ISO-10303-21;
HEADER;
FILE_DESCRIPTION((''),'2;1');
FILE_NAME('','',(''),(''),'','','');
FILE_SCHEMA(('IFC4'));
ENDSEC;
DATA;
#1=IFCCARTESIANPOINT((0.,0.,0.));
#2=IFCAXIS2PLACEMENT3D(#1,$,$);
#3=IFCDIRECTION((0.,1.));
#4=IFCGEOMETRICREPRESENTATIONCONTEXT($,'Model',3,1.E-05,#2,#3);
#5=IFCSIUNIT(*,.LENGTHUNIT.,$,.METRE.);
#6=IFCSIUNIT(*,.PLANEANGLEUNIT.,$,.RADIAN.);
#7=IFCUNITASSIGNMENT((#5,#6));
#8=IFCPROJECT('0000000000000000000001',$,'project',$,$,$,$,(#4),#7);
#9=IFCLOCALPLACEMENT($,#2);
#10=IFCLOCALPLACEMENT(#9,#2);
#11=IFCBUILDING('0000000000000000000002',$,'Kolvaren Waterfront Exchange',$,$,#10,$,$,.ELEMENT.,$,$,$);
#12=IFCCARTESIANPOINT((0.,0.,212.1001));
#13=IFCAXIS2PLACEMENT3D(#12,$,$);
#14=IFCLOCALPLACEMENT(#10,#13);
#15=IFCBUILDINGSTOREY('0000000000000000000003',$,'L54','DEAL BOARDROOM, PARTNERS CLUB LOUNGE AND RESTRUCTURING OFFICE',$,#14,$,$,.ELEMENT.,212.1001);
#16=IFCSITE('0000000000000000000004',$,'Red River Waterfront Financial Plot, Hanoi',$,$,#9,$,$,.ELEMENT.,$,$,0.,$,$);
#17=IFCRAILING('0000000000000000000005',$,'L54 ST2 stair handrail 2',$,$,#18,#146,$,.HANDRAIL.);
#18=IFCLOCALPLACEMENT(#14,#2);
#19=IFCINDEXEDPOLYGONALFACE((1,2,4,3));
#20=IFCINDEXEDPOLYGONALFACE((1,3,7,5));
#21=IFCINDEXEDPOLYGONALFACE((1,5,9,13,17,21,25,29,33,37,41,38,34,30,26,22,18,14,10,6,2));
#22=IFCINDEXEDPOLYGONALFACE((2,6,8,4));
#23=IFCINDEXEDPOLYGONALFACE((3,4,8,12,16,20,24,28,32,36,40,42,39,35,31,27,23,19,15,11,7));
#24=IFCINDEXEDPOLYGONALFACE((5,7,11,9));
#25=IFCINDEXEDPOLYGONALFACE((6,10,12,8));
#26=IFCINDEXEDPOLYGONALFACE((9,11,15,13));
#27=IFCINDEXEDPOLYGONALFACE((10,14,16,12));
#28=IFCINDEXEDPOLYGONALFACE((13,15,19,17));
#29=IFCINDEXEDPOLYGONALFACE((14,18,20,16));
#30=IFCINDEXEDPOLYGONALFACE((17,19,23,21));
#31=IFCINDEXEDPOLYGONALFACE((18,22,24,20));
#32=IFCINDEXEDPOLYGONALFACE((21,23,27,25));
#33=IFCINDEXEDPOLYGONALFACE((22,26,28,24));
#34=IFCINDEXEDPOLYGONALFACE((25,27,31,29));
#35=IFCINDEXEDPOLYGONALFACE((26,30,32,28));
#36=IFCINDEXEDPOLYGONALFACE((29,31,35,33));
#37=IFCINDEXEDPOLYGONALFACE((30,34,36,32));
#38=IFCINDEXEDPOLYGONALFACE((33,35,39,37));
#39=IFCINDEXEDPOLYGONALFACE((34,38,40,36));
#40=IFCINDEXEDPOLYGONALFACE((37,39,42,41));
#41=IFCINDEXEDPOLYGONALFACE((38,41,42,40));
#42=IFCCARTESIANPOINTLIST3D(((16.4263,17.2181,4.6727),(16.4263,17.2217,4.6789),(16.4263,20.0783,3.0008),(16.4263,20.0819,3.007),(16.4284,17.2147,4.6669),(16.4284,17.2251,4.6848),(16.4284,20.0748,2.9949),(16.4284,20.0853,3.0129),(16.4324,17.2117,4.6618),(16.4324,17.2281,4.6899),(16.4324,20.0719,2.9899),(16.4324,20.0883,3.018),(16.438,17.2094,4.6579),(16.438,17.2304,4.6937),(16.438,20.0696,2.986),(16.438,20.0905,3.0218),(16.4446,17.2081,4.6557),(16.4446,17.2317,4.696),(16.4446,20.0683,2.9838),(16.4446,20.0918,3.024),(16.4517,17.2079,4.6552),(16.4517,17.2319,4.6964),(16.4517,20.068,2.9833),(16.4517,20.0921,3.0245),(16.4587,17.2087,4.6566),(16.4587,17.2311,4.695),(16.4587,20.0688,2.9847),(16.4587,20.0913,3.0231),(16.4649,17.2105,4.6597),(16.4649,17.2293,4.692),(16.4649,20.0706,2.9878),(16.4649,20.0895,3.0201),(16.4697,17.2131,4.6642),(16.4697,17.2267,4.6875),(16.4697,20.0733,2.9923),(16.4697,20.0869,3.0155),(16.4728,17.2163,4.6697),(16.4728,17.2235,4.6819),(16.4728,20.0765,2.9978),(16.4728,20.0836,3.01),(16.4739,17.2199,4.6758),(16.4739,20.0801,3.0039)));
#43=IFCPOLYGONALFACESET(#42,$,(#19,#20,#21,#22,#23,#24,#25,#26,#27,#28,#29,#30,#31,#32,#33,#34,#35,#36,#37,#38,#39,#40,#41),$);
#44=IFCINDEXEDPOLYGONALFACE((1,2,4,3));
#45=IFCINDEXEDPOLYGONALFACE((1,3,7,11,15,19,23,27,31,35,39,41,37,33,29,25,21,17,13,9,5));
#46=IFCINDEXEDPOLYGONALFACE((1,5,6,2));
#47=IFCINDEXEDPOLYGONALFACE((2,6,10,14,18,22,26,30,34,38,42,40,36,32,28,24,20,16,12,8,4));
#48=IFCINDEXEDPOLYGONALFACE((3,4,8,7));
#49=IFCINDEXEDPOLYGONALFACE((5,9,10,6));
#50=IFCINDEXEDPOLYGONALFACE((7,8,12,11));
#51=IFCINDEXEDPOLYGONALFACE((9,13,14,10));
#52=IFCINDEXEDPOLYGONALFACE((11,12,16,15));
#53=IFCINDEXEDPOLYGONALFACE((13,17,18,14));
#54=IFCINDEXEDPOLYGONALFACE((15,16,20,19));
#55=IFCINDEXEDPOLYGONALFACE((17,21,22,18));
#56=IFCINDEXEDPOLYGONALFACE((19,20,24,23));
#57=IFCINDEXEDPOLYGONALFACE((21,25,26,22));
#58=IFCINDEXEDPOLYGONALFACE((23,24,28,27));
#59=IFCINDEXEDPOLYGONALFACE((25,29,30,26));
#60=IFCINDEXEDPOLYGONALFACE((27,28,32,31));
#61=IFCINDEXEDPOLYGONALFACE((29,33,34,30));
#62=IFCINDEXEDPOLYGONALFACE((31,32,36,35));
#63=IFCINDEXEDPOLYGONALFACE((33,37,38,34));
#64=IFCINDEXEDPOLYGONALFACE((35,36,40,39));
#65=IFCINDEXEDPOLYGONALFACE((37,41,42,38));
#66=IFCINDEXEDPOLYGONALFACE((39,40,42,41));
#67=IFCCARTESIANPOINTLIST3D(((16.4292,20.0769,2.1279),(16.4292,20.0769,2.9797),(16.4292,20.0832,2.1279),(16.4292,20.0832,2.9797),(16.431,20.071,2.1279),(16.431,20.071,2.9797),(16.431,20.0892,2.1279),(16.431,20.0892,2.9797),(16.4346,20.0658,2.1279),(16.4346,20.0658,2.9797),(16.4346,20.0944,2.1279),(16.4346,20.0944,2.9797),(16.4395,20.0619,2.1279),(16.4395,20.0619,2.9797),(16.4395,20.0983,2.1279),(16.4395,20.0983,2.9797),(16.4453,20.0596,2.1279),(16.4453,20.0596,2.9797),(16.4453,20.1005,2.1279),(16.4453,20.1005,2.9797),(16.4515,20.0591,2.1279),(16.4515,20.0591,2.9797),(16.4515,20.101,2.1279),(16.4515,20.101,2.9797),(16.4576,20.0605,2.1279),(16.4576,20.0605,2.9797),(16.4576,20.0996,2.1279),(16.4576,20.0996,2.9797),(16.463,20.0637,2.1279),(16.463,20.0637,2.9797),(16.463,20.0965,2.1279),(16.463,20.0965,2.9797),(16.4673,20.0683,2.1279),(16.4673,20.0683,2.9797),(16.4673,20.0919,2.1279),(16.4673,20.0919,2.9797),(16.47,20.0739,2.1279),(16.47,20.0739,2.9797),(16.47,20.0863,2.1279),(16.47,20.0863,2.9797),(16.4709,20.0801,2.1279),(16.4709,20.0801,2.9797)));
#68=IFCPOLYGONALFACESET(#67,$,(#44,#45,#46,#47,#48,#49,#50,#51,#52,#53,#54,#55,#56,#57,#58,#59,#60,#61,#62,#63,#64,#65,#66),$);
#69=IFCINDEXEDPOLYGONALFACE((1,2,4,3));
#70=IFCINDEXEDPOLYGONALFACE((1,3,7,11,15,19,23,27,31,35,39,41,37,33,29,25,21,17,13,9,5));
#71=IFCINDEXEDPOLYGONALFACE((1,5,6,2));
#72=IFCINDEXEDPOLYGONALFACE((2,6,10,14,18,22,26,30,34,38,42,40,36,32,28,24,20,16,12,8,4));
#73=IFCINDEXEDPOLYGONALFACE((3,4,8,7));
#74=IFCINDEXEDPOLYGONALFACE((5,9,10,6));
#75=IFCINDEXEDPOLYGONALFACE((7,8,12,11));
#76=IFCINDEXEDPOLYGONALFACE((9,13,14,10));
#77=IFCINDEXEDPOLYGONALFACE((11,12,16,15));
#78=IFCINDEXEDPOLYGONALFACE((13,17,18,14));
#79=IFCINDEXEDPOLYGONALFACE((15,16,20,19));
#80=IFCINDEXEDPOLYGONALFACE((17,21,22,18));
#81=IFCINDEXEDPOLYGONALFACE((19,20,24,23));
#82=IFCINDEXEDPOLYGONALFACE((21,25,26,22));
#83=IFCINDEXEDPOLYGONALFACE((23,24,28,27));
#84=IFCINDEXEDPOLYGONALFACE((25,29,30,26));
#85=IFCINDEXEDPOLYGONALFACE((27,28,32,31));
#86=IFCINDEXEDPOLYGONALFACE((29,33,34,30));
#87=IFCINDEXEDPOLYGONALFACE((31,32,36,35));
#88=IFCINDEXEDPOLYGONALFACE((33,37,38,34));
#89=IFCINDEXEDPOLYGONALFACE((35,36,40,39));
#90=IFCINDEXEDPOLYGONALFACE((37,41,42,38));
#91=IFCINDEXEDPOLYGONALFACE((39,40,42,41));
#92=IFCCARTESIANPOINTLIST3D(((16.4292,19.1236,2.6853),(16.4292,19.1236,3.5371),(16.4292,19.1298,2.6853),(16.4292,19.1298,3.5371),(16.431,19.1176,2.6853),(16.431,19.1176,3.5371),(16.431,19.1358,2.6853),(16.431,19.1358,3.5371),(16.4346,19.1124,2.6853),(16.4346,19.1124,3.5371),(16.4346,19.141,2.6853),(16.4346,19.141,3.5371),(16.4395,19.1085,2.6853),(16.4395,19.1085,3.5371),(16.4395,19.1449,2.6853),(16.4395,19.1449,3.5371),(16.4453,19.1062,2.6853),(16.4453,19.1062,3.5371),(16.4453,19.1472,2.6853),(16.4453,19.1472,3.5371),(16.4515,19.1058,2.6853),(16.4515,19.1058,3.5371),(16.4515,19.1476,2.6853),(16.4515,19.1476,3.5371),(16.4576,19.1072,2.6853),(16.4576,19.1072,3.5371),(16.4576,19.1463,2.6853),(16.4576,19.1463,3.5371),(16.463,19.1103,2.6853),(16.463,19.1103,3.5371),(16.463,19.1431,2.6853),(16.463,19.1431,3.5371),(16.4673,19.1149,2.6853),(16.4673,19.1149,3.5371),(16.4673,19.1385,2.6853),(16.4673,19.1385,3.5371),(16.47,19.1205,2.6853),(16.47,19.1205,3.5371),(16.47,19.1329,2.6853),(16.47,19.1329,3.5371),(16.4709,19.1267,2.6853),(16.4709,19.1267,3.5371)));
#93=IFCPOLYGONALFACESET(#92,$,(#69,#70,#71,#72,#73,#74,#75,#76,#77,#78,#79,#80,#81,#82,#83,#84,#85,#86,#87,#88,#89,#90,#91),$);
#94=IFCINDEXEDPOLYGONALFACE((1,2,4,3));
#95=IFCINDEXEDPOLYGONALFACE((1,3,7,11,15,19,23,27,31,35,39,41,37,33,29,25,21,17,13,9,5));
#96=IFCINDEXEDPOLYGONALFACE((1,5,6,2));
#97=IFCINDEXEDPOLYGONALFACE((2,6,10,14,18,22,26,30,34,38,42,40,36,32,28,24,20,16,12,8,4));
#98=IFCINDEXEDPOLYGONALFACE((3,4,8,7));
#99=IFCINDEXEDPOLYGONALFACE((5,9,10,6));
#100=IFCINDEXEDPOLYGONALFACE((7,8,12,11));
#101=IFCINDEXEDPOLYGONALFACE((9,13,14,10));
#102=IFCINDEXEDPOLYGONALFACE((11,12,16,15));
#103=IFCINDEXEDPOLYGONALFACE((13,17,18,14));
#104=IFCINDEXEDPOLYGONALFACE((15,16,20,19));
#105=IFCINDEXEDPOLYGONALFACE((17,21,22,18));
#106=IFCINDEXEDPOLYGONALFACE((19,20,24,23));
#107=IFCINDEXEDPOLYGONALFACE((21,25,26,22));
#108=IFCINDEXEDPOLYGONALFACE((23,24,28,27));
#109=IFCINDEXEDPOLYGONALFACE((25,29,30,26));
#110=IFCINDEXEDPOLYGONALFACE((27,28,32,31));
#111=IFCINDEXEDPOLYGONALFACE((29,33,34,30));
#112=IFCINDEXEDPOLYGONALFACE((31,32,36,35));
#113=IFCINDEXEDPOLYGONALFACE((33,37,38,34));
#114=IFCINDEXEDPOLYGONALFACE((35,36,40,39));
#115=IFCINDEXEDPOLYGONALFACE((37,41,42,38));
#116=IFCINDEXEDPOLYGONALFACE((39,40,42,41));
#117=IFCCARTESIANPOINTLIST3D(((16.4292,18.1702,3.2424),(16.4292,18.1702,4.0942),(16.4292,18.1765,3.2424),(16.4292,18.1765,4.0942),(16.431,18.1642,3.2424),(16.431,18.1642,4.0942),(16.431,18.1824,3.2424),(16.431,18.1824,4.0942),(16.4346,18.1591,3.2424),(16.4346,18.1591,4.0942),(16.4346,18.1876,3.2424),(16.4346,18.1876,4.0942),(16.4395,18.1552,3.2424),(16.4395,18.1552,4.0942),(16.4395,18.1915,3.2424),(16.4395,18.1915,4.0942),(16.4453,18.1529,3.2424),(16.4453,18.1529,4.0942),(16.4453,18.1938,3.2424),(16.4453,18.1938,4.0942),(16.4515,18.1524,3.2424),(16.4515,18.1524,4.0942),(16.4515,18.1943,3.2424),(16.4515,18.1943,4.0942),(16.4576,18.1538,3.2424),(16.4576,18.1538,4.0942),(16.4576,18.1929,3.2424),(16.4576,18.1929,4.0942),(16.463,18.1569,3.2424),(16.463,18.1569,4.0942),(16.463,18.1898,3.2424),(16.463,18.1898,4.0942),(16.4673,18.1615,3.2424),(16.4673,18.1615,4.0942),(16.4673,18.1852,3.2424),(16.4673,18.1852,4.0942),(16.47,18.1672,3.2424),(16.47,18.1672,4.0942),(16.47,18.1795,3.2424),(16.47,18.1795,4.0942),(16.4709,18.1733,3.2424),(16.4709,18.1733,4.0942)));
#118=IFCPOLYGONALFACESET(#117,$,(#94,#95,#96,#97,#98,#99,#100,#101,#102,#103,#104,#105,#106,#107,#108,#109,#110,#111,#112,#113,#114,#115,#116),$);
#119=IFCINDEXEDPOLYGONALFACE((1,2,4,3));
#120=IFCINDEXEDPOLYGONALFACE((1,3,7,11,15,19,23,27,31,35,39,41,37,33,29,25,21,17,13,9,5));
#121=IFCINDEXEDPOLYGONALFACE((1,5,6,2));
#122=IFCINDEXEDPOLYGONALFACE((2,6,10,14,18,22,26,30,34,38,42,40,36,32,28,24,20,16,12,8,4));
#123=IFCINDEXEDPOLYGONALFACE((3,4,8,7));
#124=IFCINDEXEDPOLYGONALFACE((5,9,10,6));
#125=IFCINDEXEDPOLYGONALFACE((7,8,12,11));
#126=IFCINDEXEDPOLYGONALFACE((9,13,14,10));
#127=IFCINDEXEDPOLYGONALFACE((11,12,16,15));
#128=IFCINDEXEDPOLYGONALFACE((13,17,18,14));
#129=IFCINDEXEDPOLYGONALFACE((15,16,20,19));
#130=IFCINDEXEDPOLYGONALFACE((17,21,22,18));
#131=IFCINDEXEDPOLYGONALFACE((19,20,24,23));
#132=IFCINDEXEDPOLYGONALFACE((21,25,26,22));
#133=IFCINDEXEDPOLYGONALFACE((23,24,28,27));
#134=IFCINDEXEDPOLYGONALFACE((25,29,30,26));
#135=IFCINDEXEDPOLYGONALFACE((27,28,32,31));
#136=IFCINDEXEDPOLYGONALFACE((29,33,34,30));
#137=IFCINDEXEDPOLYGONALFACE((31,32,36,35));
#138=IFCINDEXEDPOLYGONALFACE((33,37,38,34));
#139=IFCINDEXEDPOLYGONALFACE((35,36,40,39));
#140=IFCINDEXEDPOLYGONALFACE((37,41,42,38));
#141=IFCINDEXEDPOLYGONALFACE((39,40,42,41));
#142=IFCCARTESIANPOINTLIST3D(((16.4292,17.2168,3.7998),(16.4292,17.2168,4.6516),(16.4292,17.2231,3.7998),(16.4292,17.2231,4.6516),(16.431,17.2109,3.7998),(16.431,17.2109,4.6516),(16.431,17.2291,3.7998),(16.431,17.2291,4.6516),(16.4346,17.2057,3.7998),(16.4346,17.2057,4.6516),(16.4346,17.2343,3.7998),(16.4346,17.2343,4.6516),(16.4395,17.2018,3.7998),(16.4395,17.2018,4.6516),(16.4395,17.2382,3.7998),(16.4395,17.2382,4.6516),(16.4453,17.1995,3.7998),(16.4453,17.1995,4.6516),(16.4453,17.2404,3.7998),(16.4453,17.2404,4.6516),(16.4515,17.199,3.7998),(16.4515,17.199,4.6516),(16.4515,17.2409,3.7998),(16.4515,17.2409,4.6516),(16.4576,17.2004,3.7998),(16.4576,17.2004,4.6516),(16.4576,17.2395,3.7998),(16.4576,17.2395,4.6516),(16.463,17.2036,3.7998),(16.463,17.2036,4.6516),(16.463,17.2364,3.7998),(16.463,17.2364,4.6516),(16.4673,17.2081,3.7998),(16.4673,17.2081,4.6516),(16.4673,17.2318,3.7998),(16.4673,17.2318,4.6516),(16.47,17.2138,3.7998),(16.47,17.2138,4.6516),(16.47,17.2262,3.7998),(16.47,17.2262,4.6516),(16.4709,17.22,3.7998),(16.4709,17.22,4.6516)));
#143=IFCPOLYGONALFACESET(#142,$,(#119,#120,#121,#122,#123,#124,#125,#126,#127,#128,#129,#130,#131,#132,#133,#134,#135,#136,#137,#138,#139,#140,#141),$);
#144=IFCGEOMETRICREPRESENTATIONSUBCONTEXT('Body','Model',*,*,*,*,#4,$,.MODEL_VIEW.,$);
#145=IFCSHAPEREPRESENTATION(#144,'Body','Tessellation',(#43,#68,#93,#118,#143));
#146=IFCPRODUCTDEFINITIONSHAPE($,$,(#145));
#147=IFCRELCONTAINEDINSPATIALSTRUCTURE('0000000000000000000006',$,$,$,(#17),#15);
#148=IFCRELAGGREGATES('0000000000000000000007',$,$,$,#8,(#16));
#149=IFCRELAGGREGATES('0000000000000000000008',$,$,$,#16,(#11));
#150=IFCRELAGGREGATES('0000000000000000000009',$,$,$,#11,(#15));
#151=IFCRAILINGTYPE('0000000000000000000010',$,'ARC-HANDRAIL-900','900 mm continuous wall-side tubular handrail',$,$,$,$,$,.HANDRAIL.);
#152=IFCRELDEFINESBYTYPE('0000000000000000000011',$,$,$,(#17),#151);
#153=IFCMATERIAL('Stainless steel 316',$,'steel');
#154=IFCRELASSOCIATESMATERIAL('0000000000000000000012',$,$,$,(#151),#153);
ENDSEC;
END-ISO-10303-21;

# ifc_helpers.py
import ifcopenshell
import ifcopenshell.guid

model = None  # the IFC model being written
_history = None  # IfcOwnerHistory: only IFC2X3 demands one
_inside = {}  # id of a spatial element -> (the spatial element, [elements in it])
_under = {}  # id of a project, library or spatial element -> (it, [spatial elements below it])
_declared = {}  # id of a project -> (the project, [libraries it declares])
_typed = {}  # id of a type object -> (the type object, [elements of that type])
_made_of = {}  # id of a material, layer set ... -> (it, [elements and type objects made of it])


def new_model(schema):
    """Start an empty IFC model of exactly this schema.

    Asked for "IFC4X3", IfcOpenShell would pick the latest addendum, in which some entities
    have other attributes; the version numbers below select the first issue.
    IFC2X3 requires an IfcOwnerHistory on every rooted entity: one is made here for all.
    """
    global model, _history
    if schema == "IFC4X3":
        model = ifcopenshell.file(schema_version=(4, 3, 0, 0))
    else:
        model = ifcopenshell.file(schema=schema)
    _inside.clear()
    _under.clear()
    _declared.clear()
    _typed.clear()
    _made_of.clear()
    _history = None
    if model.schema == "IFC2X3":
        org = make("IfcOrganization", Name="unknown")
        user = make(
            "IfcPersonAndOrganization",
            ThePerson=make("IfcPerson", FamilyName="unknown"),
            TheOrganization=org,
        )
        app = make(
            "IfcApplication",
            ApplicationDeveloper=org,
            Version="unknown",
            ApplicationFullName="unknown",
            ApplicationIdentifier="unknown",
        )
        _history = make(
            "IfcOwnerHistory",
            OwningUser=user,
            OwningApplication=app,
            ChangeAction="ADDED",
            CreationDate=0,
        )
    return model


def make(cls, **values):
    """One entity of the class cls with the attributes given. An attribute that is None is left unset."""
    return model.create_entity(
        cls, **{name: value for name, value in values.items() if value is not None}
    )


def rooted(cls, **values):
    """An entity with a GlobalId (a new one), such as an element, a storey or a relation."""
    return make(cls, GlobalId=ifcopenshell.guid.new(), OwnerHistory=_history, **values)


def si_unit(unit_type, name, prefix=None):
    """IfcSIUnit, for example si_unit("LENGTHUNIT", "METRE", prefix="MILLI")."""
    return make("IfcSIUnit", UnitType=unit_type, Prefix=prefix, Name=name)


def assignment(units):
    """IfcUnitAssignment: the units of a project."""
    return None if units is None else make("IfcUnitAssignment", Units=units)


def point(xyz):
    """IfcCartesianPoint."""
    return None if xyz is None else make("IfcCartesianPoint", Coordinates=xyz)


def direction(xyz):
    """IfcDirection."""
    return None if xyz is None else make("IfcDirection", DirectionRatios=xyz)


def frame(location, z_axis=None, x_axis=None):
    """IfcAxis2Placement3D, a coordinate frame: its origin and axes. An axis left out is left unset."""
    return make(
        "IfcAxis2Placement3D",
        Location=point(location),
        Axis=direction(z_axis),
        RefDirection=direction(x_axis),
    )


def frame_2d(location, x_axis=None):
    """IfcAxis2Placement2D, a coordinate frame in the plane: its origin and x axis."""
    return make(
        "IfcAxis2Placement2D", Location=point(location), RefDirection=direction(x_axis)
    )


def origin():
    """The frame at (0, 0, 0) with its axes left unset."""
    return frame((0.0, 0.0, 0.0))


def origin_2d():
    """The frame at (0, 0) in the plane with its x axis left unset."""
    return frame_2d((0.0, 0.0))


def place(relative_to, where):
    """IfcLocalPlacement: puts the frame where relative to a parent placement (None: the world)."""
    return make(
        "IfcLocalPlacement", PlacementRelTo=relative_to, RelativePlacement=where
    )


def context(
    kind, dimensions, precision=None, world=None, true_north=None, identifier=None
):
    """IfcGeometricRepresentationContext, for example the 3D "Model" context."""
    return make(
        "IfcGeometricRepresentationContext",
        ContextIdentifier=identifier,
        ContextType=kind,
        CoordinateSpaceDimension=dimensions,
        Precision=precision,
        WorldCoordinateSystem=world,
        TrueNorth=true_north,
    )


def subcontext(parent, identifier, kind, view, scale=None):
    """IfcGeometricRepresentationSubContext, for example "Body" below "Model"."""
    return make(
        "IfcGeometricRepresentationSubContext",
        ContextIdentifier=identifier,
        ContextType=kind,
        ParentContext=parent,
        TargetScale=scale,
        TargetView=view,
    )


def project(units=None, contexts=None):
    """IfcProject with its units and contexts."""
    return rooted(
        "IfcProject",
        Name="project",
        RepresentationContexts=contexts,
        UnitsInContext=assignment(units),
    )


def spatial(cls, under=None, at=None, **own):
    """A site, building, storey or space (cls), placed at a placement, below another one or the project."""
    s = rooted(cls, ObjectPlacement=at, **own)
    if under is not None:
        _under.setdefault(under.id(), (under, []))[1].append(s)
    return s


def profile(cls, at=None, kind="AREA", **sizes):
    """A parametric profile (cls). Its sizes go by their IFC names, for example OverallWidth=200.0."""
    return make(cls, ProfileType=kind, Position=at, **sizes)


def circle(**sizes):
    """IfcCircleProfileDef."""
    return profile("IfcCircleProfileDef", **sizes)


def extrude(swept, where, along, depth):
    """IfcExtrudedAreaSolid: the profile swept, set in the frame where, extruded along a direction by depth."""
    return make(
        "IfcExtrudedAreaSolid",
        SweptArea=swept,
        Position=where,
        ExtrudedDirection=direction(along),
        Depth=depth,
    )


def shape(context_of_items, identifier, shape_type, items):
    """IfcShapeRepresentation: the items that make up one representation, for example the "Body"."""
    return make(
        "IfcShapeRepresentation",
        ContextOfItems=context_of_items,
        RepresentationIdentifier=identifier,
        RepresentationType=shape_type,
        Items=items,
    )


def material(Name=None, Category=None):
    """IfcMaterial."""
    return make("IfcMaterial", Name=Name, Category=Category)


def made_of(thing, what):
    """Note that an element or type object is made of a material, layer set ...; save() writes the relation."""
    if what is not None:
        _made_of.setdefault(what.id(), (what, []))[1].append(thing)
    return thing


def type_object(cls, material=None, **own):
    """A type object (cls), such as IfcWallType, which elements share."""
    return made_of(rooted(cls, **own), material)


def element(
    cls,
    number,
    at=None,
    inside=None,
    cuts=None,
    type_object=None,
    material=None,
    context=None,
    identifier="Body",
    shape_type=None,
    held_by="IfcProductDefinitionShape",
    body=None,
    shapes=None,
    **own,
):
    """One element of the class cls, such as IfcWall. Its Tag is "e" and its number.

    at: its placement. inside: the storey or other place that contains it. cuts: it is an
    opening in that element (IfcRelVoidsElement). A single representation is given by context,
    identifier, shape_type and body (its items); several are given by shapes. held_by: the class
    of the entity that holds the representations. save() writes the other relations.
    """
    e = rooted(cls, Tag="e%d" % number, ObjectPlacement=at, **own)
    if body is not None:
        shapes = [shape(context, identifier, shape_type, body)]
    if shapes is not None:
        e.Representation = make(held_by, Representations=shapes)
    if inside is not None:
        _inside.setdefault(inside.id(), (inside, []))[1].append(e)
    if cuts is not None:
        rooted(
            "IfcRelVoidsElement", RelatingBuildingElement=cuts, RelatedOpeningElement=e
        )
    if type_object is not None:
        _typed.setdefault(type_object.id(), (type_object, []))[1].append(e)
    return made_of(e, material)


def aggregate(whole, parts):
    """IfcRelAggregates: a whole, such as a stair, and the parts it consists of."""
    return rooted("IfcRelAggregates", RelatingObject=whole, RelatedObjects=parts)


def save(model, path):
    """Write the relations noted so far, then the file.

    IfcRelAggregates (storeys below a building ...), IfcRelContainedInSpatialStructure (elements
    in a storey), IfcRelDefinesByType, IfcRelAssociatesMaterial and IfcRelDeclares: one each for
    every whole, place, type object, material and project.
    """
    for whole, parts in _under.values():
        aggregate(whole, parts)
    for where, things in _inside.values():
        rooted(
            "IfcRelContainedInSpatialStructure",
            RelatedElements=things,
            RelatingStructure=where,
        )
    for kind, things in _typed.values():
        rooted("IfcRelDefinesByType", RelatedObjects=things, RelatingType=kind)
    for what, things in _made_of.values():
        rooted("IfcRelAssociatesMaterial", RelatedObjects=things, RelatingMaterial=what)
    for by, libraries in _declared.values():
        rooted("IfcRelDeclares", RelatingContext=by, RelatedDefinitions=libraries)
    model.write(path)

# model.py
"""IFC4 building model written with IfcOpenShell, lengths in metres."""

from ifc_helpers import new_model, si_unit, direction, frame, origin, origin_2d, place, context, subcontext, project, spatial, circle, extrude, material, type_object, element, save


model = new_model("IFC4")

# Units and contexts
model_context = context("Model", 3, precision=1e-05, world=origin(), true_north=direction((0.0, 1.0)))
body_context = subcontext(model_context, "Body", "Model", "MODEL_VIEW")
ifc_project = project(units=[si_unit("LENGTHUNIT", "METRE"), si_unit("PLANEANGLEUNIT", "RADIAN")], contexts=[model_context])

# Site, building, storey
site_placement = place(None, origin())
site = spatial("IfcSite", under=ifc_project, at=site_placement, Name="Red River Waterfront Financial Plot, Hanoi", CompositionType="ELEMENT", RefElevation=0.0)
building_placement = place(site_placement, origin())
building = spatial("IfcBuilding", under=site, at=building_placement, Name="Kolvaren Waterfront Exchange", CompositionType="ELEMENT")
storey_placement = place(building_placement, frame((0.0, 0.0, 212.1001)))
storey = spatial("IfcBuildingStorey", under=building, at=storey_placement, Name="L54", Description="DEAL BOARDROOM, PARTNERS CLUB LOUNGE AND RESTRUCTURING OFFICE", CompositionType="ELEMENT", Elevation=212.1001)

# Railing
ifc_material_1 = material(Name="Stainless steel 316", Category="steel")
railing_type = type_object("IfcRailingType", Name="ARC-HANDRAIL-900", Description="900 mm continuous wall-side tubular handrail", PredefinedType="HANDRAIL", material=ifc_material_1)
railing_placement = place(storey_placement, frame((16.45, 20.0801, 2.1279)))
element("IfcRailing", 1, at=railing_placement, inside=storey, type_object=railing_type, Name="L54 ST2 stair handrail 2", PredefinedType="HANDRAIL", context=body_context, shape_type="SweptSolid", body=[
    extrude(circle(Radius=0.0239, at=origin_2d()), frame((0.0, 0.0, 0.876), z_axis=(0.0, -0.863321, 0.504654), x_axis=(1.0, 0.0, 0.0)), (0.0, 0.0, 1.0), 3.313),
    extrude(circle(Radius=0.021, at=origin_2d()), origin(), (0.0, 0.0, 1.0), 0.8518),
    extrude(circle(Radius=0.021, at=origin_2d()), frame((0.0, -0.9534, 0.5574)), (0.0, 0.0, 1.0), 0.8518),
    extrude(circle(Radius=0.021, at=origin_2d()), frame((0.0, -1.9067, 1.1145)), (0.0, 0.0, 1.0), 0.8518),
    extrude(circle(Radius=0.021, at=origin_2d()), frame((0.0, -2.8601, 1.6719)), (0.0, 0.0, 1.0), 0.8518),
])

save(model, "model.ifc")
